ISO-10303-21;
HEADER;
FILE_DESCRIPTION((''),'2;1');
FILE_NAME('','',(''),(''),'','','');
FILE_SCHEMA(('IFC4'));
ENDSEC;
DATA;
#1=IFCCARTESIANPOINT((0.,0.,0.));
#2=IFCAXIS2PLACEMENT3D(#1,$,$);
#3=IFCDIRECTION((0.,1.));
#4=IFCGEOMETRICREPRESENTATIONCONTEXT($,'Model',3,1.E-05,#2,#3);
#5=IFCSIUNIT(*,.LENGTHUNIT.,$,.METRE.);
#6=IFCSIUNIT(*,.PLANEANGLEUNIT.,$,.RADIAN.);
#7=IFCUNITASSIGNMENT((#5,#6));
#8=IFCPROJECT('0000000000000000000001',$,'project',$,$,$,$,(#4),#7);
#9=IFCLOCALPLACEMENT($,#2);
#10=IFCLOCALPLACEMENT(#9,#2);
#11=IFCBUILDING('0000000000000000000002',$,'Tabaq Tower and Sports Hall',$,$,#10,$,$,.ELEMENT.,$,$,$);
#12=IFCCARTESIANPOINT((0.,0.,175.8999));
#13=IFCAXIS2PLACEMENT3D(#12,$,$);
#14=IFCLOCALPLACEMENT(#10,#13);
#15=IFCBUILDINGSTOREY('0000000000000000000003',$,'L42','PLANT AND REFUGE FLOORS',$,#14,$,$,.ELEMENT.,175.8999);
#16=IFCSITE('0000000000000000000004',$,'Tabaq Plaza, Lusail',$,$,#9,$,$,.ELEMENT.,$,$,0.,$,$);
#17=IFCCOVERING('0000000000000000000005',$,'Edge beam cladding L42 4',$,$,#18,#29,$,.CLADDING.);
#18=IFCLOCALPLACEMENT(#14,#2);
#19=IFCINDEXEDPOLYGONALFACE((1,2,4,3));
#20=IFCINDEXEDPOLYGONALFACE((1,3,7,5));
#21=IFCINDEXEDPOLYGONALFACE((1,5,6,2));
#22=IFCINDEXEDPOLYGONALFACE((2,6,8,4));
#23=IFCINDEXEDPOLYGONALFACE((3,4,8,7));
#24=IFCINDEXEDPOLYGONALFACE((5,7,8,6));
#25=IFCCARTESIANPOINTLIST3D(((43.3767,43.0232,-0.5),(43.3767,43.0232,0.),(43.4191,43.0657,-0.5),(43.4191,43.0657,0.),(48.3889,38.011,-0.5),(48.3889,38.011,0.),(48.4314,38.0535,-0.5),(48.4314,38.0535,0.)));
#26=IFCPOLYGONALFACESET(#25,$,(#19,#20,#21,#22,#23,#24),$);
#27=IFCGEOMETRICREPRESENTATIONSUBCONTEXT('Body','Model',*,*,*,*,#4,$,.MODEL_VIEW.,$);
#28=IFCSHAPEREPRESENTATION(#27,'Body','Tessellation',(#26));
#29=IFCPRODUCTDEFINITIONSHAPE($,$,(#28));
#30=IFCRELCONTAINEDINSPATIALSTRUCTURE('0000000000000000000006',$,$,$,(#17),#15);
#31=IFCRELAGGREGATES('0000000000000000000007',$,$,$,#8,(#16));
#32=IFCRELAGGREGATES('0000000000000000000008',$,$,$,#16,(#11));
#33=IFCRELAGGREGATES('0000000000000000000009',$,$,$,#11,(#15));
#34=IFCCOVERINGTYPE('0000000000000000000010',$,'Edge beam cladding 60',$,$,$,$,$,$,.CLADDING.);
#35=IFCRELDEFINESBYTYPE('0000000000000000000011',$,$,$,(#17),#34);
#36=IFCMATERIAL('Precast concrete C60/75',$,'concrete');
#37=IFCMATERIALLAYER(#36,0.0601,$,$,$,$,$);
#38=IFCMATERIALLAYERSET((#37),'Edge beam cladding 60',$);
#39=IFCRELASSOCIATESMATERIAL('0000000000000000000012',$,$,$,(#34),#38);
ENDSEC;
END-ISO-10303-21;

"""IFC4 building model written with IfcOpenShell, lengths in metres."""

from ifc_helpers import new_model, si_unit, direction, frame, frame_2d, origin, place, context, subcontext, project, spatial, rectangle, extrude, material, layer, layer_set, type_object, element, save


model = new_model("IFC4")

# Units and contexts
model_context = context("Model", 3, precision=1e-05, world=origin(), true_north=direction((0.0, 1.0)))
body_context = subcontext(model_context, "Body", "Model", "MODEL_VIEW")
ifc_project = project(units=[si_unit("LENGTHUNIT", "METRE"), si_unit("PLANEANGLEUNIT", "RADIAN")], contexts=[model_context])

# Site, building, storey
site_placement = place(None, origin())
site = spatial("IfcSite", under=ifc_project, at=site_placement, Name="Tabaq Plaza, Lusail", CompositionType="ELEMENT", RefElevation=0.0)
building_placement = place(site_placement, origin())
building = spatial("IfcBuilding", under=site, at=building_placement, Name="Tabaq Tower and Sports Hall", CompositionType="ELEMENT")
storey_placement = place(building_placement, frame((0.0, 0.0, 175.8999)))
storey = spatial("IfcBuildingStorey", under=building, at=storey_placement, Name="L42", Description="PLANT AND REFUGE FLOORS", CompositionType="ELEMENT", Elevation=175.8999)

# Covering
ifc_material_1 = material(Name="Precast concrete C60/75", Category="concrete")
ifc_layer_1 = layer(ifc_material_1, 0.0601)
ifc_layer_set_1 = layer_set([ifc_layer_1], Name="Edge beam cladding 60")
covering_type_1 = type_object("IfcCoveringType", Name="Edge beam cladding 60", PredefinedType="CLADDING", material=ifc_layer_set_1)
covering_placement = place(storey_placement, frame((48.4102, 38.0322, -0.5), z_axis=(0.0, 0.0, 1.0), x_axis=(-0.707107, 0.707107, 0.0)))
element("IfcCovering", 1, at=covering_placement, inside=storey, type_object=covering_type_1, Name="Edge beam cladding L42 4", PredefinedType="CLADDING", context=body_context, shape_type="SweptSolid", body=[
    extrude(rectangle(XDim=7.0884, YDim=0.0601, at=frame_2d((3.5442, 0.0))), origin(), (0.0, 0.0, 1.0), 0.5),
])

save(model, "model.ifc")
